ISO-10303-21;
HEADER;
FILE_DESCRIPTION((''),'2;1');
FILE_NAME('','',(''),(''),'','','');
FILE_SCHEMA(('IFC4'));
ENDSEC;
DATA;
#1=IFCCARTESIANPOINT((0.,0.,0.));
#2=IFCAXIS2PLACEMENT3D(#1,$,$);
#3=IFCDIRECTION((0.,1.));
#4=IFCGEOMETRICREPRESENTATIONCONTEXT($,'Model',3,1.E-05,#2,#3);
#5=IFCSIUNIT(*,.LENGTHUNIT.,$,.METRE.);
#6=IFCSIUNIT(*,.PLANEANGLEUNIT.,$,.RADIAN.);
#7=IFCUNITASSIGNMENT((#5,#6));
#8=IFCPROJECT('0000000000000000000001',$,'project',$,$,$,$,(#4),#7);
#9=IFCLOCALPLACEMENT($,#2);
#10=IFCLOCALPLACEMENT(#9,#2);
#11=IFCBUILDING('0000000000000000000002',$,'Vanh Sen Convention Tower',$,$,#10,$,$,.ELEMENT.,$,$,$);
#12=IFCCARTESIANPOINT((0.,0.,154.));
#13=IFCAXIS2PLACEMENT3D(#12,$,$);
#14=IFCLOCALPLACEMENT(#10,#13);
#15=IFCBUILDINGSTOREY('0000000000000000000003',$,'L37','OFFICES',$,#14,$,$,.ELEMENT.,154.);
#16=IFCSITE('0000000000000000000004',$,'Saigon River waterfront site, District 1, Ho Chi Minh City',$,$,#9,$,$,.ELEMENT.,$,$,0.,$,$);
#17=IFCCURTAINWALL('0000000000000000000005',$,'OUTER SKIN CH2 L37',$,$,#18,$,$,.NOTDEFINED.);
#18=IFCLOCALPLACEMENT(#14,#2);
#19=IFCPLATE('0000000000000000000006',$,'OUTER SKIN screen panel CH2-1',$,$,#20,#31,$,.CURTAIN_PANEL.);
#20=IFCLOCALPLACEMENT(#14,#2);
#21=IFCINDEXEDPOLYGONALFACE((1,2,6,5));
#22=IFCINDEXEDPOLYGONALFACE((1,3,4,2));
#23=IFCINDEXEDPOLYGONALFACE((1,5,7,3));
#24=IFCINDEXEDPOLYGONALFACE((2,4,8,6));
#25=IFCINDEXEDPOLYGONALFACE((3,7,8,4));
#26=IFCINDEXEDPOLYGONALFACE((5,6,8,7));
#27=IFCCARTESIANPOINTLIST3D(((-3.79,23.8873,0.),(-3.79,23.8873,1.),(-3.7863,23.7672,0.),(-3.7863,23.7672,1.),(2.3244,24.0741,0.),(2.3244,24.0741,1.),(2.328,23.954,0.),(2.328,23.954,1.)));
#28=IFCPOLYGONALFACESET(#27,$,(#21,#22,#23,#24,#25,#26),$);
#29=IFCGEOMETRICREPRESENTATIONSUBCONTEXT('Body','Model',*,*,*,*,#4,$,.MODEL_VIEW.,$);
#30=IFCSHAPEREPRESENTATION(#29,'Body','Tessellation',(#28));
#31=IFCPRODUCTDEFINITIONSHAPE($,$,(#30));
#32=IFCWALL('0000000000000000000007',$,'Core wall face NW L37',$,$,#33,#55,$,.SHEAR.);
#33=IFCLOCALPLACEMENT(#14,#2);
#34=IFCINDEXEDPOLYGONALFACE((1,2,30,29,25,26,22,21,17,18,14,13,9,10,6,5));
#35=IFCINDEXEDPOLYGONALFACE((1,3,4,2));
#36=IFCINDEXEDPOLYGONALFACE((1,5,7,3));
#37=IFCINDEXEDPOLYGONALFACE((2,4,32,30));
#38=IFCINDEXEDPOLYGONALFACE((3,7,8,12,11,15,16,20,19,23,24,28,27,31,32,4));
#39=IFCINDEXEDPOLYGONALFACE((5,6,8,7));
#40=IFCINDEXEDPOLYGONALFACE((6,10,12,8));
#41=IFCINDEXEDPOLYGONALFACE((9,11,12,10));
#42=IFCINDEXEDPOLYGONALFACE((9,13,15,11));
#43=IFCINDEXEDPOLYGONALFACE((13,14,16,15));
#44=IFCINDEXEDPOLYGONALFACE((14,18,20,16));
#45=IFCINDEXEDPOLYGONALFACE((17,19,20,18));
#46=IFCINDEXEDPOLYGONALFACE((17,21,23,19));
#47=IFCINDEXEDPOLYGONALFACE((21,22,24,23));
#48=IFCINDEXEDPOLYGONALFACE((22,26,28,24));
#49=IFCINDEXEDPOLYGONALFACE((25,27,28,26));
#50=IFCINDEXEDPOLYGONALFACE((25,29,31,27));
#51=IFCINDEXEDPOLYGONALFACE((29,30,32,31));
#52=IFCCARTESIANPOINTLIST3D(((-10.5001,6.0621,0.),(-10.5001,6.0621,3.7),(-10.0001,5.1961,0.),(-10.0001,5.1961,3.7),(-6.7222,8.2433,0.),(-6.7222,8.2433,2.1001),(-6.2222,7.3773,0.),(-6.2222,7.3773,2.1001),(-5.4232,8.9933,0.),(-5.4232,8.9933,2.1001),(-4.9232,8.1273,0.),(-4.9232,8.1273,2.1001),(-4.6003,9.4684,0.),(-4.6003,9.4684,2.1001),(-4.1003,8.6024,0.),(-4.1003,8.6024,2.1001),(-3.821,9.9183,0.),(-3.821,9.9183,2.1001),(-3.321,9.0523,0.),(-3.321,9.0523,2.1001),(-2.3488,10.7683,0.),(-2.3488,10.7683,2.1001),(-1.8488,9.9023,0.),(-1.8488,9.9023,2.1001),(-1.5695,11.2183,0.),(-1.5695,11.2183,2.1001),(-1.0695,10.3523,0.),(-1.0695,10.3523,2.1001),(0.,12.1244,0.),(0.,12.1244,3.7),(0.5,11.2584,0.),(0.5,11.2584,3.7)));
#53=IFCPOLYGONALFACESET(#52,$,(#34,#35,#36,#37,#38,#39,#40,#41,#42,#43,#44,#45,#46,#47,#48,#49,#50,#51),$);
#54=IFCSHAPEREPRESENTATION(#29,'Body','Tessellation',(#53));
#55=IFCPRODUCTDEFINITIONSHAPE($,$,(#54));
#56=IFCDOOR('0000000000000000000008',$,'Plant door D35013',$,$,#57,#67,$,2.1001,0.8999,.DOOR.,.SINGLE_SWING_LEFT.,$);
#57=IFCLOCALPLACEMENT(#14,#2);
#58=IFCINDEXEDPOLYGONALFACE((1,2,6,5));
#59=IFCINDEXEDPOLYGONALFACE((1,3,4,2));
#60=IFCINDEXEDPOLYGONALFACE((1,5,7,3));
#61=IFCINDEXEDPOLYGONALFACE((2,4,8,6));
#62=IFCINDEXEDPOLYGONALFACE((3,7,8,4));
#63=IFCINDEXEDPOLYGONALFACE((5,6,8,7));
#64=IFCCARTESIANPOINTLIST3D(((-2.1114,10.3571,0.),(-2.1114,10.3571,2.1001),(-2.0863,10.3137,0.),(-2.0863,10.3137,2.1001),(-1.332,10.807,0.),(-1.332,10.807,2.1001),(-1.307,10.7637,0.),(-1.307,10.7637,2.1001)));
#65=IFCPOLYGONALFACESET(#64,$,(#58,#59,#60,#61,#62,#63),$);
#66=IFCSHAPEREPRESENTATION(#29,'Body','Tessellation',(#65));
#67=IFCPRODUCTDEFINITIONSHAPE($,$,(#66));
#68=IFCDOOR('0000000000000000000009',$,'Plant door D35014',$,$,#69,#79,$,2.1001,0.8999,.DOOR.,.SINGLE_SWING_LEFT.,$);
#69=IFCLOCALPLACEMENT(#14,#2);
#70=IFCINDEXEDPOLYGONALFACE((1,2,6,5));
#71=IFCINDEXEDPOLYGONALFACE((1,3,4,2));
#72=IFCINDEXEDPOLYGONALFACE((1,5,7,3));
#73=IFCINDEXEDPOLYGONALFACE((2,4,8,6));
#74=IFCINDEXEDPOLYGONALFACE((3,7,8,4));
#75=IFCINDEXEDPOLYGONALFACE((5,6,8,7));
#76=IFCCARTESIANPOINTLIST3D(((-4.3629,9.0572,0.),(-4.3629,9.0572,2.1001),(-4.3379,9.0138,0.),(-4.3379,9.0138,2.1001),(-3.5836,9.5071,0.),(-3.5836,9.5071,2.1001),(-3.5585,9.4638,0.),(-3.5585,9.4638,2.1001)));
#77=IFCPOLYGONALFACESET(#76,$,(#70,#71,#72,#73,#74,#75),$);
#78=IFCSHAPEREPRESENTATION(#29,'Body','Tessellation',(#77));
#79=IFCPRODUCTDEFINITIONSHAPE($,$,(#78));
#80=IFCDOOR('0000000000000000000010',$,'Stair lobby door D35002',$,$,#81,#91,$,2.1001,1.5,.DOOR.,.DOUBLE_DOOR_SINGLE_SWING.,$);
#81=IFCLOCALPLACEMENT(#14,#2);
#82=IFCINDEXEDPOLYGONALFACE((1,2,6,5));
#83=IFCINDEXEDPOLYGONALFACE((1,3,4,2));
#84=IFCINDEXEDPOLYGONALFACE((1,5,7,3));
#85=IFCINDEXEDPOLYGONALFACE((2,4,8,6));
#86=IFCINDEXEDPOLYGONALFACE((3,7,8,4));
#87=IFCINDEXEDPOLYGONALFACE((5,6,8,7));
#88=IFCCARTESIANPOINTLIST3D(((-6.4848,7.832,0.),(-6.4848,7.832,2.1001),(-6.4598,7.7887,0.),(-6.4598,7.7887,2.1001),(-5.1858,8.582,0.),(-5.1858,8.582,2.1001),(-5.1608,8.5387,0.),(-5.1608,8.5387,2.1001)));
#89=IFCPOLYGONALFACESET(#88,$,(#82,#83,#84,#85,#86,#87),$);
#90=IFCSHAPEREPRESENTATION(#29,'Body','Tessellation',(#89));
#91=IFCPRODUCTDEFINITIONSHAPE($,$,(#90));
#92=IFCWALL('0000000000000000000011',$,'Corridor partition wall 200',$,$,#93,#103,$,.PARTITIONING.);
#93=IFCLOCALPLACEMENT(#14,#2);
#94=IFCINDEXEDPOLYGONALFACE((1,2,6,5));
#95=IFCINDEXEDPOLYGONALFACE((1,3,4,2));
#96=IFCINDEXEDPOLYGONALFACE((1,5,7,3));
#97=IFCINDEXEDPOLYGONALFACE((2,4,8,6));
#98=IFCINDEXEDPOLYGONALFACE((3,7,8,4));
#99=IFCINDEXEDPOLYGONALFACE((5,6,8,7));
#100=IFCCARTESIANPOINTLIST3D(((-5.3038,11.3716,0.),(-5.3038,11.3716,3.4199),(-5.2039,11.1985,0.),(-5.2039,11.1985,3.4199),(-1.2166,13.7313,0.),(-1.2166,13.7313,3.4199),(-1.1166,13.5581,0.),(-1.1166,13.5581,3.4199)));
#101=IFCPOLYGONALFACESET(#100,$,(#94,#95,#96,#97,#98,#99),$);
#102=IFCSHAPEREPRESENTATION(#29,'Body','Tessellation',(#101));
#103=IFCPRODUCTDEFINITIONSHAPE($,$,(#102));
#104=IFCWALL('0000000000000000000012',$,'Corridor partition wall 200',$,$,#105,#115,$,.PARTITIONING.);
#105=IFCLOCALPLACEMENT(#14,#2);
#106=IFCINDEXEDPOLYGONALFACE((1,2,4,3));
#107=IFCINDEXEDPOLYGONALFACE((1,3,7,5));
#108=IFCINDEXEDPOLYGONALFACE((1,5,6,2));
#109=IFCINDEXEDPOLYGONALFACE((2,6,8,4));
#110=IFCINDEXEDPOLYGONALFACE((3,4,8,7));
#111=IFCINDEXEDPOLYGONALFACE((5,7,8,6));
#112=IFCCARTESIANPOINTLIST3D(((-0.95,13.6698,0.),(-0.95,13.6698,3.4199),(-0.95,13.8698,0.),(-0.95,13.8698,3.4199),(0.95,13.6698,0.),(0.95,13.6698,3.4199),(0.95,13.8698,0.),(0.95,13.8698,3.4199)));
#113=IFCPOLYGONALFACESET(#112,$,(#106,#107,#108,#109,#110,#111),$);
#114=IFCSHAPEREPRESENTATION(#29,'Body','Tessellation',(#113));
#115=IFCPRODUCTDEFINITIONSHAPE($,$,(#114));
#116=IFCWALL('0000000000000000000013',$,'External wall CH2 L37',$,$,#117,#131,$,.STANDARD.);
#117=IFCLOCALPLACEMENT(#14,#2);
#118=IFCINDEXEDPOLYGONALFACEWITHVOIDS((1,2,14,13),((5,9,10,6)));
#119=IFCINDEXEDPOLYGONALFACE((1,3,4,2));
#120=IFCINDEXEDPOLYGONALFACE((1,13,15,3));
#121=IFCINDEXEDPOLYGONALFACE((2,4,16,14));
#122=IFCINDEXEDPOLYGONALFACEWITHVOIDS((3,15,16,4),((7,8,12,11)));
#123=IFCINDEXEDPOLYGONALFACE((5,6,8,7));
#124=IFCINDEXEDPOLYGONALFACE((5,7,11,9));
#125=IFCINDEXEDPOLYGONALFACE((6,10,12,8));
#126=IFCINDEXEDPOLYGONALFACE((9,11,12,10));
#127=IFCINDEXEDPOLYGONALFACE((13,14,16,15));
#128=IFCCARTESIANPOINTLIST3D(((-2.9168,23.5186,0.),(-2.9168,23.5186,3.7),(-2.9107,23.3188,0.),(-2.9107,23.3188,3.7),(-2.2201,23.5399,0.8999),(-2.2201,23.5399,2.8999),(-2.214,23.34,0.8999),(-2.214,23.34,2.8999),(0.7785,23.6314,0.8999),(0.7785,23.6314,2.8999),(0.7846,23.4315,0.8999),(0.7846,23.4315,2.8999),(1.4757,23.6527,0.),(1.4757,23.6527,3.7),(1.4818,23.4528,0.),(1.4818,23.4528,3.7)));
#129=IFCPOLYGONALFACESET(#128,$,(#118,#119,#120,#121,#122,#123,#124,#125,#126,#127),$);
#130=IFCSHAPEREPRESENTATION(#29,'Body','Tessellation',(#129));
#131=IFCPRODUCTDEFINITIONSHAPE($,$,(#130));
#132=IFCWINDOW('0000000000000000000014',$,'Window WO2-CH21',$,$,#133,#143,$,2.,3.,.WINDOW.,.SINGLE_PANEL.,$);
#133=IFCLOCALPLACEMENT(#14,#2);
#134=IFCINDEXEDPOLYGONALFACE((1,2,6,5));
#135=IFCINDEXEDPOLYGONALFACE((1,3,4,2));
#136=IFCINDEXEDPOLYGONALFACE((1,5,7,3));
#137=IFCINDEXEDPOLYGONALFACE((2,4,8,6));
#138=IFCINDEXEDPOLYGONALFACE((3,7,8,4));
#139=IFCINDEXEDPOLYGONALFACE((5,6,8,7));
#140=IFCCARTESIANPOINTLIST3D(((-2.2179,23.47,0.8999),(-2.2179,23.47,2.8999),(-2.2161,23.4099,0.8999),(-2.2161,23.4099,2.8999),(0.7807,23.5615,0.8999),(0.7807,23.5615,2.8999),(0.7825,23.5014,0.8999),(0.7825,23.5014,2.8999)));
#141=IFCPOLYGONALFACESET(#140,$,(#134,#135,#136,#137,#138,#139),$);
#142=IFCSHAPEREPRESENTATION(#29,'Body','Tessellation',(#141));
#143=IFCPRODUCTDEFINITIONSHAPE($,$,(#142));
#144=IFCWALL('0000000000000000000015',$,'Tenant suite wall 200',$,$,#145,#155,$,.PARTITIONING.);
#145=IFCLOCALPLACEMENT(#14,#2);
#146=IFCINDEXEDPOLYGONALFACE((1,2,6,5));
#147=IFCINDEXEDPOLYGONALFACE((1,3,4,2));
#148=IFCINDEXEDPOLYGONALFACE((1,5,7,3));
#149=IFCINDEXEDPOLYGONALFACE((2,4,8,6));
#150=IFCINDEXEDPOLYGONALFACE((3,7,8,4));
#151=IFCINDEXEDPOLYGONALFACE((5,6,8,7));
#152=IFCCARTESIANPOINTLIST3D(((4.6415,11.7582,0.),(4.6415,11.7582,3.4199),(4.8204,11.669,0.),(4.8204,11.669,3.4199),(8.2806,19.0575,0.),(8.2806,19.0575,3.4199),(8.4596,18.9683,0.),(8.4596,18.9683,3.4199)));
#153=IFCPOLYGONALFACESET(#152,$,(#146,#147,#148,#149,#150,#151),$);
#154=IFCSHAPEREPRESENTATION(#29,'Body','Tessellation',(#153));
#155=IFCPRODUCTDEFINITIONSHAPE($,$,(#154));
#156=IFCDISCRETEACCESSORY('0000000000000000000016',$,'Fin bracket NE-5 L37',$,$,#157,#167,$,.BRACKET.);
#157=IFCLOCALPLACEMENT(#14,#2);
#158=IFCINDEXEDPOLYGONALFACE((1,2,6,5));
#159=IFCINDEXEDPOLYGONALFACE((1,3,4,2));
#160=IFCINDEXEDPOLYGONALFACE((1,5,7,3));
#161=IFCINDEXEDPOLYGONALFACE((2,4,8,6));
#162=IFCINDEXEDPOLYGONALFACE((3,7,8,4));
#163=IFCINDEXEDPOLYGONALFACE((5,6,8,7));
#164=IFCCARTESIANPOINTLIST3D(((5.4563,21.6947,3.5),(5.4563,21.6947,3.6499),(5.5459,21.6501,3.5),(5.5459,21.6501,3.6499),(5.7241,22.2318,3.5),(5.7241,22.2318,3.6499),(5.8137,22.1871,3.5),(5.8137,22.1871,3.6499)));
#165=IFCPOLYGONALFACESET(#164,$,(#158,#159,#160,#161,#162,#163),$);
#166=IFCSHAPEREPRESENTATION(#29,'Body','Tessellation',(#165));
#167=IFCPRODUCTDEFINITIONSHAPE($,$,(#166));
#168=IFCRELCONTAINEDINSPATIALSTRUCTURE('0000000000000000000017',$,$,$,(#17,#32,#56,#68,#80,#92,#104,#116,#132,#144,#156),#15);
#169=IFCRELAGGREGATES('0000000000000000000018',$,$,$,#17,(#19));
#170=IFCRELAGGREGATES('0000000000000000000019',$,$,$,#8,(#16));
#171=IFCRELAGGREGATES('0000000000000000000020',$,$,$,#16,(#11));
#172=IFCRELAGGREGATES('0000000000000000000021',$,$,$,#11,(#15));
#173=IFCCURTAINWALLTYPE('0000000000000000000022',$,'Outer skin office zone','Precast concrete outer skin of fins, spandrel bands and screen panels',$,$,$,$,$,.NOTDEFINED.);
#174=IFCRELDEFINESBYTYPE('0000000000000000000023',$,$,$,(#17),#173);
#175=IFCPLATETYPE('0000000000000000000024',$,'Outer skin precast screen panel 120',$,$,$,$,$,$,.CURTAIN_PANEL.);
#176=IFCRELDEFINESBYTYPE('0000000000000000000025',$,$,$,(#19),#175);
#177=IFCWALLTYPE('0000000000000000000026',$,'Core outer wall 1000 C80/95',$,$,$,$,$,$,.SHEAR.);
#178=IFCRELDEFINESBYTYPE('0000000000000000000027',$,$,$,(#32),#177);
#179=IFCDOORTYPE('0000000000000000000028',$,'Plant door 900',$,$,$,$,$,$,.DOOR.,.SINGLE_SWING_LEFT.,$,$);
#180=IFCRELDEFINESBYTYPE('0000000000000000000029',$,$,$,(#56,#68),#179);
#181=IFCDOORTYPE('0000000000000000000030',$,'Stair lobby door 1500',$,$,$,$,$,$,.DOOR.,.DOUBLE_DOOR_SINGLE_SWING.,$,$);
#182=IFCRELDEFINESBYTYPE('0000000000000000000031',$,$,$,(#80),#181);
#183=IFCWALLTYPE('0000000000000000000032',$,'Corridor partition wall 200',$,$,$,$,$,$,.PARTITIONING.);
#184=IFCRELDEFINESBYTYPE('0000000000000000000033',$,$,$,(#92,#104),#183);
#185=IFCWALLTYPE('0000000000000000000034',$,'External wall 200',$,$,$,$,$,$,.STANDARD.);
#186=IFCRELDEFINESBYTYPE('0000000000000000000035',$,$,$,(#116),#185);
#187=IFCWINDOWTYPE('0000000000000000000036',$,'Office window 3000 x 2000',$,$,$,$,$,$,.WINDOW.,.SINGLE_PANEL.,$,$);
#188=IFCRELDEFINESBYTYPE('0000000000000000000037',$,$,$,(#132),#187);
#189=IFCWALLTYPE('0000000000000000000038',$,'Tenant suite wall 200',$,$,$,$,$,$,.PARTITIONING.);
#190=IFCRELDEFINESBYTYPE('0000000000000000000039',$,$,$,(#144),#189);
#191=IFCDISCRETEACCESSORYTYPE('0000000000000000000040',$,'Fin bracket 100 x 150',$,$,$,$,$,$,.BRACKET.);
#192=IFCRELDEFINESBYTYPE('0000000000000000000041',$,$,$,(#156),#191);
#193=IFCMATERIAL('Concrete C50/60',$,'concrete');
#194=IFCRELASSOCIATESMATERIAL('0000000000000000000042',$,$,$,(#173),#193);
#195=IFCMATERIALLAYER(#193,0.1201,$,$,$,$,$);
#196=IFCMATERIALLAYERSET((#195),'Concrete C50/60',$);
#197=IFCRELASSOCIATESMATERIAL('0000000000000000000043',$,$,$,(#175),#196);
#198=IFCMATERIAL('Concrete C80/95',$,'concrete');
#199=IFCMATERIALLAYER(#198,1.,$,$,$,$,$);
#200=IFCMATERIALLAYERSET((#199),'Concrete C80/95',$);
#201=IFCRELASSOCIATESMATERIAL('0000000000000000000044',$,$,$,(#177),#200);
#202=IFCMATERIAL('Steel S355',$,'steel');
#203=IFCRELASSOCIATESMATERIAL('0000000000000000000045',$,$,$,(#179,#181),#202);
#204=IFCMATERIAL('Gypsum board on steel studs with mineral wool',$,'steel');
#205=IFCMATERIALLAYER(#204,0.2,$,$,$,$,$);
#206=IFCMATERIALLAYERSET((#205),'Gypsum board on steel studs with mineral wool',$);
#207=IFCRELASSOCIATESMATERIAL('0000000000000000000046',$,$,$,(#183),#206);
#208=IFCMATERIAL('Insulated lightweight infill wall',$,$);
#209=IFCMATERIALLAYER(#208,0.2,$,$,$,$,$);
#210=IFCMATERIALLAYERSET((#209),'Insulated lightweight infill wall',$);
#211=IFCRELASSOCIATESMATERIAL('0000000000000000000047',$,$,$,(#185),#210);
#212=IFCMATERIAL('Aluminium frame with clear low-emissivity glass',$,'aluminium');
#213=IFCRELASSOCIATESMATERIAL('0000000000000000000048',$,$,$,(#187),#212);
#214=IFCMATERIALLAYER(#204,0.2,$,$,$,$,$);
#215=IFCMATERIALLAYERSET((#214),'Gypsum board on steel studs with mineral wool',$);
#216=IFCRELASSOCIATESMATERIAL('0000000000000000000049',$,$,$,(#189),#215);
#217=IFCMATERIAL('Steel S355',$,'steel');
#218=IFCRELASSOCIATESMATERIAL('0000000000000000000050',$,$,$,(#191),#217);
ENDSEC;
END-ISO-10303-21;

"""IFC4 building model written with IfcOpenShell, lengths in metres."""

from ifc_helpers import new_model, si_unit, direction, frame, frame_2d, origin, origin_2d, place, context, subcontext, project, spatial, rectangle, extrude, material, layer, layer_set, type_object, element, fill, aggregate, save


model = new_model("IFC4")

# Units and contexts
model_context = context("Model", 3, precision=1e-05, world=origin(), true_north=direction((0.0, 1.0)))
body_context = subcontext(model_context, "Body", "Model", "MODEL_VIEW")
ifc_project = project(units=[si_unit("LENGTHUNIT", "METRE"), si_unit("PLANEANGLEUNIT", "RADIAN")], contexts=[model_context])

# Site, building, storey
site_placement = place(None, origin())
site = spatial("IfcSite", under=ifc_project, at=site_placement, Name="Saigon River waterfront site, District 1, Ho Chi Minh City", CompositionType="ELEMENT", RefElevation=0.0)
building_placement = place(site_placement, origin())
building = spatial("IfcBuilding", under=site, at=building_placement, Name="Vanh Sen Convention Tower", CompositionType="ELEMENT")
storey_placement = place(building_placement, frame((0.0, 0.0, 154.0)))
storey = spatial("IfcBuildingStorey", under=building, at=storey_placement, Name="L37", Description="OFFICES", CompositionType="ELEMENT", Elevation=154.0)

# Shared definitions
ifc_material_1 = material(Name="Concrete C80/95", Category="concrete")

# Shared definitions
ifc_material_2 = material(Name="Concrete C50/60", Category="concrete")
curtain_wall_type = type_object("IfcCurtainWallType", Name="Outer skin office zone", Description="Precast concrete outer skin of fins, spandrel bands and screen panels", PredefinedType="NOTDEFINED", material=ifc_material_2)

# Curtain wall
curtain_wall_1_placement = place(storey_placement, origin())
curtain_wall_1 = element("IfcCurtainWall", 1, at=curtain_wall_1_placement, inside=storey, type_object=curtain_wall_type, Name="OUTER SKIN CH2 L37", PredefinedType="NOTDEFINED")

# Plate
ifc_layer_1 = layer(ifc_material_2, 0.1201)
ifc_layer_set_1 = layer_set([ifc_layer_1], Name="Concrete C50/60")
plate_type = type_object("IfcPlateType", Name="Outer skin precast screen panel 120", PredefinedType="CURTAIN_PANEL", material=ifc_layer_set_1)
plate_1_placement = place(storey_placement, frame((-0.731, 23.9207, 0.0), z_axis=(0.0, 0.0, 1.0), x_axis=(-0.999534, -0.030539, 0.0)))
plate_1 = element("IfcPlate", 2, at=plate_1_placement, type_object=plate_type, Name="OUTER SKIN screen panel CH2-1", PredefinedType="CURTAIN_PANEL", context=body_context, shape_type="SweptSolid", body=[
    extrude(rectangle(XDim=6.1172, YDim=0.1201, at=origin_2d()), origin(), (0.0, 0.0, 1.0), 1.0),
])
aggregate(curtain_wall_1, [plate_1])

# Wall, openings, doors
ifc_layer_2 = layer(ifc_material_1, 1.0)
ifc_layer_set_2 = layer_set([ifc_layer_2], Name="Concrete C80/95")
wall_type_1 = type_object("IfcWallType", Name="Core outer wall 1000 C80/95", PredefinedType="SHEAR", material=ifc_layer_set_2)
wall_1_placement = place(storey_placement, frame((0.25, 11.6914, 0.0), z_axis=(0.0, 0.0, 1.0), x_axis=(-0.866023, -0.500005, 0.0)))
wall_1 = element("IfcWall", 3, at=wall_1_placement, inside=storey, type_object=wall_type_1, Name="Core wall face NW L37", PredefinedType="SHEAR", context=body_context, shape_type="SweptSolid", body=[
    extrude(rectangle(XDim=12.1245, YDim=1.0, at=frame_2d((6.0623, 0.0))), origin(), (0.0, 0.0, 1.0), 3.7),
])
opening_1_placement = place(wall_1_placement, frame((6.2622, 0.0, 0.0)))
opening_1 = element("IfcOpeningElement", 4, at=opening_1_placement, cuts=wall_1, PredefinedType="OPENING", context=body_context, shape_type="SweptSolid", body=[
    extrude(rectangle(XDim=1.5, YDim=2.1001, at=frame_2d((0.75, 1.05))), frame((0.0, 0.51, 0.0), z_axis=(0.0, -1.0, 0.0), x_axis=(1.0, 0.0, 0.0)), (0.0, 0.0, 1.0), 1.02),
])
opening_2_placement = place(wall_1_placement, frame((1.8123, 0.0, 0.0)))
opening_2 = element("IfcOpeningElement", 5, at=opening_2_placement, cuts=wall_1, PredefinedType="OPENING", context=body_context, shape_type="SweptSolid", body=[
    extrude(rectangle(XDim=0.8999, YDim=2.1001, at=frame_2d((0.45, 1.05))), frame((0.0, 0.51, 0.0), z_axis=(0.0, -1.0, 0.0), x_axis=(1.0, 0.0, 0.0)), (0.0, 0.0, 1.0), 1.02),
])
opening_3_placement = place(wall_1_placement, frame((4.4121, 0.0, 0.0)))
opening_3 = element("IfcOpeningElement", 6, at=opening_3_placement, cuts=wall_1, PredefinedType="OPENING", context=body_context, shape_type="SweptSolid", body=[
    extrude(rectangle(XDim=0.8999, YDim=2.1001, at=frame_2d((0.45, 1.05))), frame((0.0, 0.51, 0.0), z_axis=(0.0, -1.0, 0.0), x_axis=(1.0, 0.0, 0.0)), (0.0, 0.0, 1.0), 1.02),
])
ifc_material_3 = material(Name="Steel S355", Category="steel")
door_type_1 = type_object("IfcDoorType", Name="Plant door 900", OperationType="SINGLE_SWING_LEFT", PredefinedType="DOOR", material=ifc_material_3)
door_1_placement = place(opening_2_placement, origin())
door_1 = element("IfcDoor", 7, at=door_1_placement, inside=storey, type_object=door_type_1, Name="Plant door D35013", OperationType="SINGLE_SWING_LEFT", OverallHeight=2.1001, OverallWidth=0.8999, PredefinedType="DOOR", context=body_context, shape_type="SweptSolid", body=[
    extrude(rectangle(XDim=0.8999, YDim=2.1001, at=frame_2d((0.45, 1.05))), frame((0.0, 0.0249, 0.0), z_axis=(0.0, -1.0, 0.0), x_axis=(1.0, 0.0, 0.0)), (0.0, 0.0, 1.0), 0.05),
])
fill(opening_2, door_1)
door_2_placement = place(opening_3_placement, origin())
door_2 = element("IfcDoor", 8, at=door_2_placement, inside=storey, type_object=door_type_1, Name="Plant door D35014", OperationType="SINGLE_SWING_LEFT", OverallHeight=2.1001, OverallWidth=0.8999, PredefinedType="DOOR", context=body_context, shape_type="SweptSolid", body=[
    extrude(rectangle(XDim=0.8999, YDim=2.1001, at=frame_2d((0.45, 1.05))), frame((0.0, 0.0249, 0.0), z_axis=(0.0, -1.0, 0.0), x_axis=(1.0, 0.0, 0.0)), (0.0, 0.0, 1.0), 0.05),
])
fill(opening_3, door_2)
door_type_2 = type_object("IfcDoorType", Name="Stair lobby door 1500", OperationType="DOUBLE_DOOR_SINGLE_SWING", PredefinedType="DOOR", material=ifc_material_3)
door_3_placement = place(opening_1_placement, origin())
door_3 = element("IfcDoor", 9, at=door_3_placement, inside=storey, type_object=door_type_2, Name="Stair lobby door D35002", OperationType="DOUBLE_DOOR_SINGLE_SWING", OverallHeight=2.1001, OverallWidth=1.5, PredefinedType="DOOR", context=body_context, shape_type="SweptSolid", body=[
    extrude(rectangle(XDim=1.5, YDim=2.1001, at=frame_2d((0.75, 1.05))), frame((0.0, 0.0249, 0.0), z_axis=(0.0, -1.0, 0.0), x_axis=(1.0, 0.0, 0.0)), (0.0, 0.0, 1.0), 0.05),
])
fill(opening_1, door_3)

# Walls
ifc_material_4 = material(Name="Gypsum board on steel studs with mineral wool", Category="steel")
ifc_layer_3 = layer(ifc_material_4, 0.2)
ifc_layer_set_3 = layer_set([ifc_layer_3], Name="Gypsum board on steel studs with mineral wool")
wall_type_2 = type_object("IfcWallType", Name="Corridor partition wall 200", PredefinedType="PARTITIONING", material=ifc_layer_set_3)
wall_2_placement = place(storey_placement, frame((-1.1665, 13.6448, 0.0), z_axis=(0.0, 0.0, 1.0), x_axis=(-0.866035, -0.499984, 0.0)))
element("IfcWall", 10, at=wall_2_placement, inside=storey, type_object=wall_type_2, Name="Corridor partition wall 200", PredefinedType="PARTITIONING", context=body_context, shape_type="SweptSolid", body=[
    extrude(rectangle(XDim=4.7195, YDim=0.2, at=frame_2d((2.3599, 0.0))), origin(), (0.0, 0.0, 1.0), 3.4199),
])
wall_3_placement = place(storey_placement, frame((0.95, 13.7698, 0.0), z_axis=(0.0, 0.0, 1.0), x_axis=(-1.0, 0.0, 0.0)))
element("IfcWall", 11, at=wall_3_placement, inside=storey, type_object=wall_type_2, Name="Corridor partition wall 200", PredefinedType="PARTITIONING", context=body_context, shape_type="SweptSolid", body=[
    extrude(rectangle(XDim=1.8999, YDim=0.2, at=frame_2d((0.95, 0.0))), origin(), (0.0, 0.0, 1.0), 3.4199),
])

# Wall, opening, window
ifc_material_5 = material(Name="Insulated lightweight infill wall")
ifc_layer_4 = layer(ifc_material_5, 0.2)
ifc_layer_set_4 = layer_set([ifc_layer_4], Name="Insulated lightweight infill wall")
wall_type_3 = type_object("IfcWallType", Name="External wall 200", PredefinedType="STANDARD", material=ifc_layer_set_4)
wall_4_placement = place(storey_placement, frame((1.4788, 23.5527, 0.0), z_axis=(0.0, 0.0, 1.0), x_axis=(-0.999535, -0.030499, 0.0)))
wall_4 = element("IfcWall", 12, at=wall_4_placement, inside=storey, type_object=wall_type_3, Name="External wall CH2 L37", PredefinedType="STANDARD", context=body_context, shape_type="SweptSolid", body=[
    extrude(rectangle(XDim=4.3945, YDim=0.2, at=frame_2d((2.1973, 0.0))), origin(), (0.0, 0.0, 1.0), 3.7),
])
opening_4_placement = place(wall_4_placement, frame((0.6975, 0.0, 0.8999)))
opening_4 = element("IfcOpeningElement", 13, at=opening_4_placement, cuts=wall_4, PredefinedType="OPENING", context=body_context, shape_type="SweptSolid", body=[
    extrude(rectangle(XDim=3.0, YDim=2.0, at=frame_2d((1.5, 1.0))), frame((0.0, 0.1099, 0.0), z_axis=(0.0, -1.0, 0.0), x_axis=(1.0, 0.0, 0.0)), (0.0, 0.0, 1.0), 0.22),
])
ifc_material_6 = material(Name="Aluminium frame with clear low-emissivity glass", Category="aluminium")
window_type = type_object("IfcWindowType", Name="Office window 3000 x 2000", PartitioningType="SINGLE_PANEL", PredefinedType="WINDOW", material=ifc_material_6)
window_placement = place(opening_4_placement, origin())
window = element("IfcWindow", 14, at=window_placement, inside=storey, type_object=window_type, Name="Window WO2-CH21", OverallHeight=2.0, OverallWidth=3.0, PartitioningType="SINGLE_PANEL", PredefinedType="WINDOW", context=body_context, shape_type="SweptSolid", body=[
    extrude(rectangle(XDim=3.0, YDim=2.0, at=frame_2d((1.5, 1.0))), frame((0.0, 0.03, 0.0), z_axis=(0.0, -1.0, 0.0), x_axis=(1.0, 0.0, 0.0)), (0.0, 0.0, 1.0), 0.0601),
])
fill(opening_4, window)

# Wall
ifc_layer_5 = layer(ifc_material_4, 0.2)
ifc_layer_set_5 = layer_set([ifc_layer_5], Name="Gypsum board on steel studs with mineral wool")
wall_type_4 = type_object("IfcWallType", Name="Tenant suite wall 200", PredefinedType="PARTITIONING", material=ifc_layer_set_5)
wall_5_placement = place(storey_placement, frame((8.3701, 19.0129, 0.0), z_axis=(0.0, 0.0, 1.0), x_axis=(-0.446184, -0.894941, 0.0)))
element("IfcWall", 15, at=wall_5_placement, inside=storey, type_object=wall_type_4, Name="Tenant suite wall 200", PredefinedType="PARTITIONING", context=body_context, shape_type="SweptSolid", body=[
    extrude(rectangle(XDim=8.1562, YDim=0.2, at=frame_2d((4.0781, 0.0))), origin(), (0.0, 0.0, 1.0), 3.4199),
])

# Discrete accessory
ifc_material_7 = material(Name="Steel S355", Category="steel")
discrete_accessory_type = type_object("IfcDiscreteAccessoryType", Name="Fin bracket 100 x 150", PredefinedType="BRACKET", material=ifc_material_7)
discrete_accessory_placement = place(storey_placement, frame((5.635, 21.9409, 3.5), z_axis=(0.0, 0.0, 1.0), x_axis=(0.446198, 0.894934, 0.0)))
element("IfcDiscreteAccessory", 16, at=discrete_accessory_placement, inside=storey, type_object=discrete_accessory_type, Name="Fin bracket NE-5 L37", PredefinedType="BRACKET", context=body_context, shape_type="SweptSolid", body=[
    extrude(rectangle(XDim=0.6001, YDim=0.1001, at=origin_2d()), origin(), (0.0, 0.0, 1.0), 0.1499),
])

save(model, "model.ifc")
